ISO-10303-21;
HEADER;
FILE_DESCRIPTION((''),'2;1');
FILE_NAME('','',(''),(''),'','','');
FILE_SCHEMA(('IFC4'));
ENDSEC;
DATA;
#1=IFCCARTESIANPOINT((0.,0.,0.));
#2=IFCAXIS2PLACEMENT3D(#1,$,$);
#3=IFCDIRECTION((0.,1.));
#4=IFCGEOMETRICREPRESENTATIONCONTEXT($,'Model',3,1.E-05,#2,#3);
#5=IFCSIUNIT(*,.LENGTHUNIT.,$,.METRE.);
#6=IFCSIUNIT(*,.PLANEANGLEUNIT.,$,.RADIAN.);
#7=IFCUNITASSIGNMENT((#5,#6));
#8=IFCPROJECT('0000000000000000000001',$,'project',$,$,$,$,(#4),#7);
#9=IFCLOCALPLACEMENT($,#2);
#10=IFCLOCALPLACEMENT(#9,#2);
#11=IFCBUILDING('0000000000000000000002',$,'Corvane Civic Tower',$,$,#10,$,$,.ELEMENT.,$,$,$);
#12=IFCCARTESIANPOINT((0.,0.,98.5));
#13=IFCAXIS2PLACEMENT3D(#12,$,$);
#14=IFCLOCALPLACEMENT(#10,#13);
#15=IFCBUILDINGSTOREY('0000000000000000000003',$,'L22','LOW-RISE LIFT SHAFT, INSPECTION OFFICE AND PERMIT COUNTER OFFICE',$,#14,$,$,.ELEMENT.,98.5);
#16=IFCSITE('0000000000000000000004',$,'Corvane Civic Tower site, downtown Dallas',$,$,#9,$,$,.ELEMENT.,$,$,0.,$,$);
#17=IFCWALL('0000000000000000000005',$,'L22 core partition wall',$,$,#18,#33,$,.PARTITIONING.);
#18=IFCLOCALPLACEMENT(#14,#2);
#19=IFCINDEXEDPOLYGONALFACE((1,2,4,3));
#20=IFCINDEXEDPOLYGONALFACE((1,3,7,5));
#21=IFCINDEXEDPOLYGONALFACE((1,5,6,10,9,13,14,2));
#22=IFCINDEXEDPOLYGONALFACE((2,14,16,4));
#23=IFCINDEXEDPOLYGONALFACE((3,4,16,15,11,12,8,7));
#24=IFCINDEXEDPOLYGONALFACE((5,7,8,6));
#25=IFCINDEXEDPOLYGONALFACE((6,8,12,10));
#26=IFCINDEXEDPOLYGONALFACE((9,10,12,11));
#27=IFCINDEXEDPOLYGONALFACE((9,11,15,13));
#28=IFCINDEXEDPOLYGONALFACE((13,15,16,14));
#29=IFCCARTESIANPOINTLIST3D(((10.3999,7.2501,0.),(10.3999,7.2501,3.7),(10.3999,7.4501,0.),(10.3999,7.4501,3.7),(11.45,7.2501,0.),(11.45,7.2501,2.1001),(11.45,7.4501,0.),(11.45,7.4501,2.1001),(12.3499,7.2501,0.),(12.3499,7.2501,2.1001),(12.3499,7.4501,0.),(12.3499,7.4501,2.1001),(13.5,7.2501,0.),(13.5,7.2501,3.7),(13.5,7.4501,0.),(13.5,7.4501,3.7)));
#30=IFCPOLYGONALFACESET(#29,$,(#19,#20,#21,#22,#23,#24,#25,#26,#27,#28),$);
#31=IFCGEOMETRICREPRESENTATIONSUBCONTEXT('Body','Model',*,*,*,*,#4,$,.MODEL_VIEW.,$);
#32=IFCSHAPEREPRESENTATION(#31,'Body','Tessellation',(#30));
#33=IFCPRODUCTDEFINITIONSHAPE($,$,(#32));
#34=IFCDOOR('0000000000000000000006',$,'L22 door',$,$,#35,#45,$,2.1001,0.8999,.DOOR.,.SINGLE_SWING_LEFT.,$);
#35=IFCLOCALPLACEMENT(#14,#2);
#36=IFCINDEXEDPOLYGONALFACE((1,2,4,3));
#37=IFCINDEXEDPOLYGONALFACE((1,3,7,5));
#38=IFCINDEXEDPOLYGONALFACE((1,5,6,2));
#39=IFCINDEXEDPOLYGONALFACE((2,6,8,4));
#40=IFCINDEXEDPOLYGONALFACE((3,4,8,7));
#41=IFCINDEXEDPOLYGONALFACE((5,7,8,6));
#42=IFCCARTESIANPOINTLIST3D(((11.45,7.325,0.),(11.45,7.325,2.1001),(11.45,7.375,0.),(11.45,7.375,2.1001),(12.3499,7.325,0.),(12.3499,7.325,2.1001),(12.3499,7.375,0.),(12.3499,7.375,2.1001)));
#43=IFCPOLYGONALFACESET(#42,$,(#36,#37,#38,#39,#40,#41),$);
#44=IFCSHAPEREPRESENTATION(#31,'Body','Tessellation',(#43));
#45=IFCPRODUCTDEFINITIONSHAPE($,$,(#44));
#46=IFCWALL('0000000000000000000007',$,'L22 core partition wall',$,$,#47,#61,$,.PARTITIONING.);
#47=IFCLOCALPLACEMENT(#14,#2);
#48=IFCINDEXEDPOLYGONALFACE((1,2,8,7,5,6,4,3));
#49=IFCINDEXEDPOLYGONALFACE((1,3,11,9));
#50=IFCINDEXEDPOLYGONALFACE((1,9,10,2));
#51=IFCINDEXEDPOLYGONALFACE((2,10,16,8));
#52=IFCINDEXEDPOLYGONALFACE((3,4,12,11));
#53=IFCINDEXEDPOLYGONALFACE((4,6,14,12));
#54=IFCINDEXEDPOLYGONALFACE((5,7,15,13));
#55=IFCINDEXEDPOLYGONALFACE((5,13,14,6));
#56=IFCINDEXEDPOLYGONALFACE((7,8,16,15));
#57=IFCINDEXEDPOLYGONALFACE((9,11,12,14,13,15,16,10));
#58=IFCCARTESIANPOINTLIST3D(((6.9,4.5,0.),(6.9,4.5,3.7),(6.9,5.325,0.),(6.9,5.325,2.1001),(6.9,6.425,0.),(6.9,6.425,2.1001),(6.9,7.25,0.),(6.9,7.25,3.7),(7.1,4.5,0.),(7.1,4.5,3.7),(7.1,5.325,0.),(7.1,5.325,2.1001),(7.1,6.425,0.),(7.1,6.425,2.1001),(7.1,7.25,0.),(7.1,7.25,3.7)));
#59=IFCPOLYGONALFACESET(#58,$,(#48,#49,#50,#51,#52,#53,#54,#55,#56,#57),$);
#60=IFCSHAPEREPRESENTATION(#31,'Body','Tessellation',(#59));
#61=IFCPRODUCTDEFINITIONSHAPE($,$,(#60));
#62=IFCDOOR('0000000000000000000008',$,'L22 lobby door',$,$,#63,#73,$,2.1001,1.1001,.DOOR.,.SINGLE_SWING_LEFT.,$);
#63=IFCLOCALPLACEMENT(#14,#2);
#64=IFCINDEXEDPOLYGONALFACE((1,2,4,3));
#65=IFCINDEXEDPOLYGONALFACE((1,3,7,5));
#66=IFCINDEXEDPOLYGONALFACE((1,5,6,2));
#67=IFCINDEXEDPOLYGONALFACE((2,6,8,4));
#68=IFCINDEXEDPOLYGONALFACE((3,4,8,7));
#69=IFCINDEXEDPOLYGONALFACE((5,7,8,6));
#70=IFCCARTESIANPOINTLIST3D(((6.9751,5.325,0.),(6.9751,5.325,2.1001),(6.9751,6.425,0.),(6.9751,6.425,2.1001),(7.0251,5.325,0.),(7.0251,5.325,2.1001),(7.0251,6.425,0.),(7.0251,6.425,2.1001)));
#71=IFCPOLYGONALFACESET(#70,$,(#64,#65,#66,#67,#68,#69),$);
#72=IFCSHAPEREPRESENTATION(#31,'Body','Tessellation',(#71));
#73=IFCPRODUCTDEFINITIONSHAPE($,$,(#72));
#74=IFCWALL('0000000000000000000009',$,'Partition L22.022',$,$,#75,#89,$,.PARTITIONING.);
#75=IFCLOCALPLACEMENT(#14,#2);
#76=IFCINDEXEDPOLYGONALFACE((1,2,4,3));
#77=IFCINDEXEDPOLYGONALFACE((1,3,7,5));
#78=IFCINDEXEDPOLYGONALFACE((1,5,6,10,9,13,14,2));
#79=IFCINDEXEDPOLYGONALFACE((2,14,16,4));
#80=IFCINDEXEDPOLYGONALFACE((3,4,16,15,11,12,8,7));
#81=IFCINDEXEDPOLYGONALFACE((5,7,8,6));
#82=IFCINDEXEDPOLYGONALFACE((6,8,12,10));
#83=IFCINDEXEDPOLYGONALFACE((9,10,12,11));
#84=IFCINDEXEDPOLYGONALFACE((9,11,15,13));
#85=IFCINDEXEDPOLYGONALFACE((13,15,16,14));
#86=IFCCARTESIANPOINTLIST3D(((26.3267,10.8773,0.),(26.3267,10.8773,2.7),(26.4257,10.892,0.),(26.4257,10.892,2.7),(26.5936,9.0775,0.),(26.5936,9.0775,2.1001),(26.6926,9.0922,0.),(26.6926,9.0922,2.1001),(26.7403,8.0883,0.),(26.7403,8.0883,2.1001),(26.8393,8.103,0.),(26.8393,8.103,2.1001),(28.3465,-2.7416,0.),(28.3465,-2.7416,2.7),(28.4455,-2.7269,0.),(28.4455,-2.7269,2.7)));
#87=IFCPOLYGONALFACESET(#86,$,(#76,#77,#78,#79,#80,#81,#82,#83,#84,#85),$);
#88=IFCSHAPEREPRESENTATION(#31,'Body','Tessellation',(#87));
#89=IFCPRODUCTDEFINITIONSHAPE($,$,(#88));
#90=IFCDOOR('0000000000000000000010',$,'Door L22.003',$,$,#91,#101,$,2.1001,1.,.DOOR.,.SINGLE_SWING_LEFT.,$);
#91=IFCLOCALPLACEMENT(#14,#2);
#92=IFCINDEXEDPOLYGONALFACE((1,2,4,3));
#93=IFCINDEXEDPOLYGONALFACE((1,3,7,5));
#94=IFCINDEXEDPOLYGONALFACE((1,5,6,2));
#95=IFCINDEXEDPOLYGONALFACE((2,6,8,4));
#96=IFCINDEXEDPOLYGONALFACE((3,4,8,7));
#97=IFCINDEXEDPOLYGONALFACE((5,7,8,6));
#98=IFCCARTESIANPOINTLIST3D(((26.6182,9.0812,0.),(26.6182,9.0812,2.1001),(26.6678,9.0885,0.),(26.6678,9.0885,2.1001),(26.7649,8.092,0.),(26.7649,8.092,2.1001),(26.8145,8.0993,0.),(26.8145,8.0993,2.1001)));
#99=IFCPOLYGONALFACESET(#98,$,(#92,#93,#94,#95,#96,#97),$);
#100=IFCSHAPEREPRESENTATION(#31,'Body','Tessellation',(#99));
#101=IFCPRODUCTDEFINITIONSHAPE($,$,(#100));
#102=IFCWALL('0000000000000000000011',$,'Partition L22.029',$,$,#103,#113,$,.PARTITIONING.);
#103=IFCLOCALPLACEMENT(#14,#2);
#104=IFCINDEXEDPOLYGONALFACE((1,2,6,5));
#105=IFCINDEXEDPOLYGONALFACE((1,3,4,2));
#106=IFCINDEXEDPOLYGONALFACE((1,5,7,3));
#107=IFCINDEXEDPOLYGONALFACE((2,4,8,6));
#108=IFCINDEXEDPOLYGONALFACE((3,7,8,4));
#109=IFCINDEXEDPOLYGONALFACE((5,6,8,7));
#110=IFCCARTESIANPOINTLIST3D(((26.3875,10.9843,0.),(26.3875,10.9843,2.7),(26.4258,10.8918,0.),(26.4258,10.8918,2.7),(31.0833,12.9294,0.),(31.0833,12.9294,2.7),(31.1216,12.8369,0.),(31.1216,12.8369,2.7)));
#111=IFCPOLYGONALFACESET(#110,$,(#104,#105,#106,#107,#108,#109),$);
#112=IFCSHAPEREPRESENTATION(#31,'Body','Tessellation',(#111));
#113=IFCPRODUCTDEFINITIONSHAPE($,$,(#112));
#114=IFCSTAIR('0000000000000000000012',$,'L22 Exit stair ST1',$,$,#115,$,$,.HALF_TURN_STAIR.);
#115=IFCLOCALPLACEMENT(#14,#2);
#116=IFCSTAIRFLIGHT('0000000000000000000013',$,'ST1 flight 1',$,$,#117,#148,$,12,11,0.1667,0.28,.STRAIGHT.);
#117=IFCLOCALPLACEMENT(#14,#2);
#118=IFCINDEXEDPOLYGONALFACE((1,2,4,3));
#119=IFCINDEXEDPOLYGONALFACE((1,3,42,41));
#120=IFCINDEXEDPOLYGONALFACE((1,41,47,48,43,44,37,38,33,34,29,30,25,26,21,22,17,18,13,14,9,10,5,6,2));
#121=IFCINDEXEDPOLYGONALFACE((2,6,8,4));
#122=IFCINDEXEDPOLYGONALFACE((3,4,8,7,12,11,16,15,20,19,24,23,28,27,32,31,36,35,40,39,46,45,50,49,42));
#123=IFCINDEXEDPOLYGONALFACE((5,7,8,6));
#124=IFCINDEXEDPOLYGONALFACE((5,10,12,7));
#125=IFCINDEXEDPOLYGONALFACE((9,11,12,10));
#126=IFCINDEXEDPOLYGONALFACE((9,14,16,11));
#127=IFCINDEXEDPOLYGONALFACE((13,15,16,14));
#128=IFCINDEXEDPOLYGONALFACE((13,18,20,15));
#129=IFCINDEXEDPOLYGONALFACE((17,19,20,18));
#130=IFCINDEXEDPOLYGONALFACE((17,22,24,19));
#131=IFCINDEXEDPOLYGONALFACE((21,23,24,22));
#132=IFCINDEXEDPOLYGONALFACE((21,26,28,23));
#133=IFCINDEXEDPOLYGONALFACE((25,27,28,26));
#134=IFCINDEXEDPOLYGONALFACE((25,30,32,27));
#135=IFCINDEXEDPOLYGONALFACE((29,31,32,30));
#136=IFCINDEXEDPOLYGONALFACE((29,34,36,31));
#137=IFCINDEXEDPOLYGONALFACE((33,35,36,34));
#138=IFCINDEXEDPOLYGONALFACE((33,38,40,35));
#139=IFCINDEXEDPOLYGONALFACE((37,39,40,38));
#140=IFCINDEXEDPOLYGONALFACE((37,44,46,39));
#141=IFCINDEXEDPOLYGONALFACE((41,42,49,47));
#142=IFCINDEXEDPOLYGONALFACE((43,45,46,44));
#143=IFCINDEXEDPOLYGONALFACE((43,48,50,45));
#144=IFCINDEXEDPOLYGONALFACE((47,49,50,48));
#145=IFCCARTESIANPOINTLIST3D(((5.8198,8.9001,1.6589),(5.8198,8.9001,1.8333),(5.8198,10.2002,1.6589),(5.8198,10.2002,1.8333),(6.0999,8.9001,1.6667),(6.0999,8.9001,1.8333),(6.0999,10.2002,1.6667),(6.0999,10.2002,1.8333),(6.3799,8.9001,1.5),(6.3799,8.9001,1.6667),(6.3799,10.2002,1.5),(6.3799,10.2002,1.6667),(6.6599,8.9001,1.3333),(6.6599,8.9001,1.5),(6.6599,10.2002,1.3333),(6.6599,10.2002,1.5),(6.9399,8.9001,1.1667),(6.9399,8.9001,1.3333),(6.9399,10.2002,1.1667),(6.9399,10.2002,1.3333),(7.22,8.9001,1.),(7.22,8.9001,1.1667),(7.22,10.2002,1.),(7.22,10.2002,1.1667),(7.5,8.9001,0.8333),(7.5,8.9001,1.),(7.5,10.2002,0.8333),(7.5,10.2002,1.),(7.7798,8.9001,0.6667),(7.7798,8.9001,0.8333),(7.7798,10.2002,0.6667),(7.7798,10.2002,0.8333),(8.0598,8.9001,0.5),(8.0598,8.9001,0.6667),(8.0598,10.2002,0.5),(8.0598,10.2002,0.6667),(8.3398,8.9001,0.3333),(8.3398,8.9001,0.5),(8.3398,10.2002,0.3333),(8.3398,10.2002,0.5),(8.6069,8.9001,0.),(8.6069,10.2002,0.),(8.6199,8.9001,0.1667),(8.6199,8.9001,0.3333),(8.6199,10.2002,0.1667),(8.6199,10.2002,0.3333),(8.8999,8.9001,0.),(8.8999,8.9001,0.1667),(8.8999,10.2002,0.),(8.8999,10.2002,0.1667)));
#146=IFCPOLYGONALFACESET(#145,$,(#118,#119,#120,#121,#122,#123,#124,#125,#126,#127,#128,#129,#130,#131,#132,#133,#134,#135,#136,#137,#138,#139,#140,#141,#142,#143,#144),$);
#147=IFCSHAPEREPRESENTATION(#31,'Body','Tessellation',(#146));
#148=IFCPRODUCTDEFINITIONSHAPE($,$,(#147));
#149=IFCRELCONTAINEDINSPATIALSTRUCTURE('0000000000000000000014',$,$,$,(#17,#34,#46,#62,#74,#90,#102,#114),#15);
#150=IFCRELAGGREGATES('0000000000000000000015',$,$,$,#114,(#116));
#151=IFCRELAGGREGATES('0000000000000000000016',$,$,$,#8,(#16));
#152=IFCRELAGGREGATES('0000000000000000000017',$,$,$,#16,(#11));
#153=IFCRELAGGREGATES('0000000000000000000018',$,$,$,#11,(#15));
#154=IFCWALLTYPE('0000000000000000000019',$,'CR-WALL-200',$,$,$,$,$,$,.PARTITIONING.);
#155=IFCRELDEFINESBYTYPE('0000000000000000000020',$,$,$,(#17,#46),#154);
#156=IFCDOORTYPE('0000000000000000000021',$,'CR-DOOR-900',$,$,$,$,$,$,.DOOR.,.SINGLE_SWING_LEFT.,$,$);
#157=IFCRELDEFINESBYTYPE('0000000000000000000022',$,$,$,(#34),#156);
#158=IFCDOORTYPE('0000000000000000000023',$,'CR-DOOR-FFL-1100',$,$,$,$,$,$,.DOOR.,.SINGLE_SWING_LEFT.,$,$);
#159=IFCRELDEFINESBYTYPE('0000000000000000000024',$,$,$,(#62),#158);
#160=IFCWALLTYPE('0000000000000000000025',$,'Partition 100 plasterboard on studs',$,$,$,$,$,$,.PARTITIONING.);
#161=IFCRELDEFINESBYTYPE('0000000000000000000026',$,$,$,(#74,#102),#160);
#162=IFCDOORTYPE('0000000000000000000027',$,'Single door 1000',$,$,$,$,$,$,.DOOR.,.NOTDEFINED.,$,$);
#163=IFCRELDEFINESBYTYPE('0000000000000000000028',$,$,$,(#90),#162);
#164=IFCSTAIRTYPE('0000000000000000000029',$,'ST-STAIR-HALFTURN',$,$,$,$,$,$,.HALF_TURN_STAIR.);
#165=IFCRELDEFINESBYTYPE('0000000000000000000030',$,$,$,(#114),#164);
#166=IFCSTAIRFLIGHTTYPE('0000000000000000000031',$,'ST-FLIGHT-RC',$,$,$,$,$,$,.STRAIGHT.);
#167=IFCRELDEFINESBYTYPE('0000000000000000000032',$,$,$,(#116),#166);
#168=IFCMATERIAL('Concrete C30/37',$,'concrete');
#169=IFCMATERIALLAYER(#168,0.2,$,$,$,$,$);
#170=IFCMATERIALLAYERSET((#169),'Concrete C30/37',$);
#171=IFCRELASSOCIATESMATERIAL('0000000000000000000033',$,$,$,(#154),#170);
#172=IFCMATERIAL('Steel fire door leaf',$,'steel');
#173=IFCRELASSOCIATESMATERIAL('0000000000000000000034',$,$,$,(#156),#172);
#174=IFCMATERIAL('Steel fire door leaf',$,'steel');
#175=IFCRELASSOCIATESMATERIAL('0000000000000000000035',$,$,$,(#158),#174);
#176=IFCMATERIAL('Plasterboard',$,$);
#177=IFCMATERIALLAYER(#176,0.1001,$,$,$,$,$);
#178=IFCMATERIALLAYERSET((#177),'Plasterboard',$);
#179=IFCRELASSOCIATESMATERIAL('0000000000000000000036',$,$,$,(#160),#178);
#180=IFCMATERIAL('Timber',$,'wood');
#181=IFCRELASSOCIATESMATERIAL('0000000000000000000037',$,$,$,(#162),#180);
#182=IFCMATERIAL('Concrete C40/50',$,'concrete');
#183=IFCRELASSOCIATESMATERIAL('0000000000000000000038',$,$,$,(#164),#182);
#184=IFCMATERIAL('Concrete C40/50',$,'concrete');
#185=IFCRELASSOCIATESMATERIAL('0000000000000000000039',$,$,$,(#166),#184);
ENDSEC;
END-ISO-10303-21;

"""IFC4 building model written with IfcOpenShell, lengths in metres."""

from ifc_helpers import new_model, si_unit, direction, frame, frame_2d, origin, place, context, subcontext, project, spatial, polyline, rectangle, outline, extrude, material, layer, layer_set, type_object, element, fill, aggregate, save


model = new_model("IFC4")

# Units and contexts
model_context = context("Model", 3, precision=1e-05, world=origin(), true_north=direction((0.0, 1.0)))
body_context = subcontext(model_context, "Body", "Model", "MODEL_VIEW")
ifc_project = project(units=[si_unit("LENGTHUNIT", "METRE"), si_unit("PLANEANGLEUNIT", "RADIAN")], contexts=[model_context])

# Site, building, storey
site_placement = place(None, origin())
site = spatial("IfcSite", under=ifc_project, at=site_placement, Name="Corvane Civic Tower site, downtown Dallas", CompositionType="ELEMENT", RefElevation=0.0)
building_placement = place(site_placement, origin())
building = spatial("IfcBuilding", under=site, at=building_placement, Name="Corvane Civic Tower", CompositionType="ELEMENT")
storey_placement = place(building_placement, frame((0.0, 0.0, 98.5)))
storey = spatial("IfcBuildingStorey", under=building, at=storey_placement, Name="L22", Description="LOW-RISE LIFT SHAFT, INSPECTION OFFICE AND PERMIT COUNTER OFFICE", CompositionType="ELEMENT", Elevation=98.5)

# Walls, openings, doors
ifc_material_1 = material(Name="Concrete C30/37", Category="concrete")
ifc_layer_1 = layer(ifc_material_1, 0.2)
ifc_layer_set_1 = layer_set([ifc_layer_1], Name="Concrete C30/37")
wall_type_1 = type_object("IfcWallType", Name="CR-WALL-200", PredefinedType="PARTITIONING", material=ifc_layer_set_1)
wall_1_placement = place(storey_placement, frame((10.3999, 7.3501, 0.0), z_axis=(0.0, 0.0, 1.0), x_axis=(1.0, 0.0, 0.0)))
wall_1 = element("IfcWall", 1, at=wall_1_placement, inside=storey, type_object=wall_type_1, Name="L22 core partition wall", PredefinedType="PARTITIONING", context=body_context, shape_type="SweptSolid", body=[
    extrude(rectangle(XDim=3.1001, YDim=0.2, at=frame_2d((1.55, 0.0))), origin(), (0.0, 0.0, 1.0), 3.7),
])
opening_1_placement = place(wall_1_placement, frame((1.05, 0.0, 0.0)))
opening_1 = element("IfcOpeningElement", 2, at=opening_1_placement, cuts=wall_1, PredefinedType="OPENING", context=body_context, shape_type="SweptSolid", body=[
    extrude(rectangle(XDim=0.8999, YDim=2.1001, at=frame_2d((0.45, 1.05))), frame((0.0, 0.1099, 0.0), z_axis=(0.0, -1.0, 0.0), x_axis=(1.0, 0.0, 0.0)), (0.0, 0.0, 1.0), 0.22),
])
ifc_material_2 = material(Name="Steel fire door leaf", Category="steel")
door_type_1 = type_object("IfcDoorType", Name="CR-DOOR-900", OperationType="SINGLE_SWING_LEFT", PredefinedType="DOOR", material=ifc_material_2)
door_1_placement = place(opening_1_placement, origin())
door_1 = element("IfcDoor", 3, at=door_1_placement, inside=storey, type_object=door_type_1, Name="L22 door", OperationType="SINGLE_SWING_LEFT", OverallHeight=2.1001, OverallWidth=0.8999, PredefinedType="DOOR", context=body_context, shape_type="SweptSolid", body=[
    extrude(rectangle(XDim=0.8999, YDim=2.1001, at=frame_2d((0.45, 1.05))), frame((0.0, 0.0249, 0.0), z_axis=(0.0, -1.0, 0.0), x_axis=(1.0, 0.0, 0.0)), (0.0, 0.0, 1.0), 0.05),
])
fill(opening_1, door_1)
wall_2_placement = place(storey_placement, frame((7.0, 4.5, 0.0), z_axis=(0.0, 0.0, 1.0), x_axis=(0.0, 1.0, 0.0)))
wall_2 = element("IfcWall", 4, at=wall_2_placement, inside=storey, type_object=wall_type_1, Name="L22 core partition wall", PredefinedType="PARTITIONING", context=body_context, shape_type="SweptSolid", body=[
    extrude(rectangle(XDim=2.75, YDim=0.2, at=frame_2d((1.375, 0.0))), origin(), (0.0, 0.0, 1.0), 3.7),
])
opening_2_placement = place(wall_2_placement, frame((0.825, 0.0, 0.0)))
opening_2 = element("IfcOpeningElement", 5, at=opening_2_placement, cuts=wall_2, PredefinedType="OPENING", context=body_context, shape_type="SweptSolid", body=[
    extrude(rectangle(XDim=1.1001, YDim=2.1001, at=frame_2d((0.55, 1.05))), frame((0.0, 0.1099, 0.0), z_axis=(0.0, -1.0, 0.0), x_axis=(1.0, 0.0, 0.0)), (0.0, 0.0, 1.0), 0.22),
])
ifc_material_3 = material(Name="Steel fire door leaf", Category="steel")
door_type_2 = type_object("IfcDoorType", Name="CR-DOOR-FFL-1100", OperationType="SINGLE_SWING_LEFT", PredefinedType="DOOR", material=ifc_material_3)
door_2_placement = place(opening_2_placement, origin())
door_2 = element("IfcDoor", 6, at=door_2_placement, inside=storey, type_object=door_type_2, Name="L22 lobby door", OperationType="SINGLE_SWING_LEFT", OverallHeight=2.1001, OverallWidth=1.1001, PredefinedType="DOOR", context=body_context, shape_type="SweptSolid", body=[
    extrude(rectangle(XDim=1.1001, YDim=2.1001, at=frame_2d((0.55, 1.05))), frame((0.0, 0.0249, 0.0), z_axis=(0.0, -1.0, 0.0), x_axis=(1.0, 0.0, 0.0)), (0.0, 0.0, 1.0), 0.05),
])
fill(opening_2, door_2)
ifc_material_4 = material(Name="Plasterboard")
ifc_layer_2 = layer(ifc_material_4, 0.1001)
ifc_layer_set_2 = layer_set([ifc_layer_2], Name="Plasterboard")
wall_type_2 = type_object("IfcWallType", Name="Partition 100 plasterboard on studs", PredefinedType="PARTITIONING", material=ifc_layer_set_2)
wall_3_placement = place(storey_placement, frame((26.3762, 10.8845, 0.0), z_axis=(0.0, 0.0, 1.0), x_axis=(0.146702, -0.989181, 0.0)))
wall_3 = element("IfcWall", 7, at=wall_3_placement, inside=storey, type_object=wall_type_2, Name="Partition L22.022", PredefinedType="PARTITIONING", context=body_context, shape_type="SweptSolid", body=[
    extrude(rectangle(XDim=13.7678, YDim=0.1001, at=frame_2d((6.8838, 0.0))), origin(), (0.0, 0.0, 1.0), 2.7),
])
opening_3_placement = place(wall_3_placement, frame((1.8193, 0.0, 0.0)))
opening_3 = element("IfcOpeningElement", 8, at=opening_3_placement, cuts=wall_3, PredefinedType="OPENING", context=body_context, shape_type="SweptSolid", body=[
    extrude(rectangle(XDim=1.0, YDim=2.1001, at=frame_2d((0.5, 1.05))), frame((0.0, 0.0601, 0.0), z_axis=(0.0, -1.0, 0.0), x_axis=(1.0, 0.0, 0.0)), (0.0, 0.0, 1.0), 0.1201),
])
ifc_material_5 = material(Name="Timber", Category="wood")
door_type_3 = type_object("IfcDoorType", Name="Single door 1000", OperationType="NOTDEFINED", PredefinedType="DOOR", material=ifc_material_5)
door_3_placement = place(opening_3_placement, origin())
door_3 = element("IfcDoor", 9, at=door_3_placement, inside=storey, type_object=door_type_3, Name="Door L22.003", OperationType="SINGLE_SWING_LEFT", OverallHeight=2.1001, OverallWidth=1.0, PredefinedType="DOOR", context=body_context, shape_type="SweptSolid", body=[
    extrude(rectangle(XDim=1.0, YDim=2.1001, at=frame_2d((0.5, 1.05))), frame((0.0, 0.0249, 0.0), z_axis=(0.0, -1.0, 0.0), x_axis=(1.0, 0.0, 0.0)), (0.0, 0.0, 1.0), 0.05),
])
fill(opening_3, door_3)

# Wall
wall_4_placement = place(storey_placement, frame((26.4065, 10.938, 0.0), z_axis=(0.0, 0.0, 1.0), x_axis=(0.923879, 0.382684, 0.0)))
element("IfcWall", 10, at=wall_4_placement, inside=storey, type_object=wall_type_2, Name="Partition L22.029", PredefinedType="PARTITIONING", context=body_context, shape_type="SweptSolid", body=[
    extrude(rectangle(XDim=5.0828, YDim=0.1001, at=frame_2d((2.5415, 0.0))), origin(), (0.0, 0.0, 1.0), 2.7),
])

# Stair, stair flight
ifc_material_6 = material(Name="Concrete C40/50", Category="concrete")
stair_type = type_object("IfcStairType", Name="ST-STAIR-HALFTURN", PredefinedType="HALF_TURN_STAIR", material=ifc_material_6)
stair_placement = place(storey_placement, origin())
stair = element("IfcStair", 11, at=stair_placement, inside=storey, type_object=stair_type, Name="L22 Exit stair ST1", PredefinedType="HALF_TURN_STAIR")
ifc_material_7 = material(Name="Concrete C40/50", Category="concrete")
stair_flight_type = type_object("IfcStairFlightType", Name="ST-FLIGHT-RC", PredefinedType="STRAIGHT", material=ifc_material_7)
stair_flight_placement = place(storey_placement, frame((8.8999, 9.55, 0.0), z_axis=(0.0, 0.0, 1.0), x_axis=(-1.0, 0.0, 0.0)))
stair_flight = element("IfcStairFlight", 12, at=stair_flight_placement, type_object=stair_flight_type, Name="ST1 flight 1", NumberOfRisers=12, NumberOfTreads=11, PredefinedType="STRAIGHT", RiserHeight=0.1667, TreadLength=0.28, context=body_context, shape_type="SweptSolid", body=[
    extrude(outline(polyline([(0.0, 0.0), (0.0, 0.1667), (0.28, 0.1667), (0.28, 0.3333), (0.5601, 0.3333), (0.5601, 0.5), (0.8401, 0.5), (0.8401, 0.6667), (1.1201, 0.6667), (1.1201, 0.8333), (1.3999, 0.8333), (1.3999, 1.0), (1.6799, 1.0), (1.6799, 1.1667), (1.96, 1.1667), (1.96, 1.3333), (2.24, 1.3333), (2.24, 1.5), (2.52, 1.5), (2.52, 1.6667), (2.8, 1.6667), (2.8, 1.8333), (3.0801, 1.8333), (3.0801, 2.0), (3.0801, 1.6589), (0.293, 0.0), (0.0, 0.0)])), frame((0.0, 0.6499, 0.0), z_axis=(0.0, -1.0, 0.0), x_axis=(1.0, 0.0, 0.0)), (0.0, 0.0, 1.0), 1.3),
])
aggregate(stair, [stair_flight])

save(model, "model.ifc")
